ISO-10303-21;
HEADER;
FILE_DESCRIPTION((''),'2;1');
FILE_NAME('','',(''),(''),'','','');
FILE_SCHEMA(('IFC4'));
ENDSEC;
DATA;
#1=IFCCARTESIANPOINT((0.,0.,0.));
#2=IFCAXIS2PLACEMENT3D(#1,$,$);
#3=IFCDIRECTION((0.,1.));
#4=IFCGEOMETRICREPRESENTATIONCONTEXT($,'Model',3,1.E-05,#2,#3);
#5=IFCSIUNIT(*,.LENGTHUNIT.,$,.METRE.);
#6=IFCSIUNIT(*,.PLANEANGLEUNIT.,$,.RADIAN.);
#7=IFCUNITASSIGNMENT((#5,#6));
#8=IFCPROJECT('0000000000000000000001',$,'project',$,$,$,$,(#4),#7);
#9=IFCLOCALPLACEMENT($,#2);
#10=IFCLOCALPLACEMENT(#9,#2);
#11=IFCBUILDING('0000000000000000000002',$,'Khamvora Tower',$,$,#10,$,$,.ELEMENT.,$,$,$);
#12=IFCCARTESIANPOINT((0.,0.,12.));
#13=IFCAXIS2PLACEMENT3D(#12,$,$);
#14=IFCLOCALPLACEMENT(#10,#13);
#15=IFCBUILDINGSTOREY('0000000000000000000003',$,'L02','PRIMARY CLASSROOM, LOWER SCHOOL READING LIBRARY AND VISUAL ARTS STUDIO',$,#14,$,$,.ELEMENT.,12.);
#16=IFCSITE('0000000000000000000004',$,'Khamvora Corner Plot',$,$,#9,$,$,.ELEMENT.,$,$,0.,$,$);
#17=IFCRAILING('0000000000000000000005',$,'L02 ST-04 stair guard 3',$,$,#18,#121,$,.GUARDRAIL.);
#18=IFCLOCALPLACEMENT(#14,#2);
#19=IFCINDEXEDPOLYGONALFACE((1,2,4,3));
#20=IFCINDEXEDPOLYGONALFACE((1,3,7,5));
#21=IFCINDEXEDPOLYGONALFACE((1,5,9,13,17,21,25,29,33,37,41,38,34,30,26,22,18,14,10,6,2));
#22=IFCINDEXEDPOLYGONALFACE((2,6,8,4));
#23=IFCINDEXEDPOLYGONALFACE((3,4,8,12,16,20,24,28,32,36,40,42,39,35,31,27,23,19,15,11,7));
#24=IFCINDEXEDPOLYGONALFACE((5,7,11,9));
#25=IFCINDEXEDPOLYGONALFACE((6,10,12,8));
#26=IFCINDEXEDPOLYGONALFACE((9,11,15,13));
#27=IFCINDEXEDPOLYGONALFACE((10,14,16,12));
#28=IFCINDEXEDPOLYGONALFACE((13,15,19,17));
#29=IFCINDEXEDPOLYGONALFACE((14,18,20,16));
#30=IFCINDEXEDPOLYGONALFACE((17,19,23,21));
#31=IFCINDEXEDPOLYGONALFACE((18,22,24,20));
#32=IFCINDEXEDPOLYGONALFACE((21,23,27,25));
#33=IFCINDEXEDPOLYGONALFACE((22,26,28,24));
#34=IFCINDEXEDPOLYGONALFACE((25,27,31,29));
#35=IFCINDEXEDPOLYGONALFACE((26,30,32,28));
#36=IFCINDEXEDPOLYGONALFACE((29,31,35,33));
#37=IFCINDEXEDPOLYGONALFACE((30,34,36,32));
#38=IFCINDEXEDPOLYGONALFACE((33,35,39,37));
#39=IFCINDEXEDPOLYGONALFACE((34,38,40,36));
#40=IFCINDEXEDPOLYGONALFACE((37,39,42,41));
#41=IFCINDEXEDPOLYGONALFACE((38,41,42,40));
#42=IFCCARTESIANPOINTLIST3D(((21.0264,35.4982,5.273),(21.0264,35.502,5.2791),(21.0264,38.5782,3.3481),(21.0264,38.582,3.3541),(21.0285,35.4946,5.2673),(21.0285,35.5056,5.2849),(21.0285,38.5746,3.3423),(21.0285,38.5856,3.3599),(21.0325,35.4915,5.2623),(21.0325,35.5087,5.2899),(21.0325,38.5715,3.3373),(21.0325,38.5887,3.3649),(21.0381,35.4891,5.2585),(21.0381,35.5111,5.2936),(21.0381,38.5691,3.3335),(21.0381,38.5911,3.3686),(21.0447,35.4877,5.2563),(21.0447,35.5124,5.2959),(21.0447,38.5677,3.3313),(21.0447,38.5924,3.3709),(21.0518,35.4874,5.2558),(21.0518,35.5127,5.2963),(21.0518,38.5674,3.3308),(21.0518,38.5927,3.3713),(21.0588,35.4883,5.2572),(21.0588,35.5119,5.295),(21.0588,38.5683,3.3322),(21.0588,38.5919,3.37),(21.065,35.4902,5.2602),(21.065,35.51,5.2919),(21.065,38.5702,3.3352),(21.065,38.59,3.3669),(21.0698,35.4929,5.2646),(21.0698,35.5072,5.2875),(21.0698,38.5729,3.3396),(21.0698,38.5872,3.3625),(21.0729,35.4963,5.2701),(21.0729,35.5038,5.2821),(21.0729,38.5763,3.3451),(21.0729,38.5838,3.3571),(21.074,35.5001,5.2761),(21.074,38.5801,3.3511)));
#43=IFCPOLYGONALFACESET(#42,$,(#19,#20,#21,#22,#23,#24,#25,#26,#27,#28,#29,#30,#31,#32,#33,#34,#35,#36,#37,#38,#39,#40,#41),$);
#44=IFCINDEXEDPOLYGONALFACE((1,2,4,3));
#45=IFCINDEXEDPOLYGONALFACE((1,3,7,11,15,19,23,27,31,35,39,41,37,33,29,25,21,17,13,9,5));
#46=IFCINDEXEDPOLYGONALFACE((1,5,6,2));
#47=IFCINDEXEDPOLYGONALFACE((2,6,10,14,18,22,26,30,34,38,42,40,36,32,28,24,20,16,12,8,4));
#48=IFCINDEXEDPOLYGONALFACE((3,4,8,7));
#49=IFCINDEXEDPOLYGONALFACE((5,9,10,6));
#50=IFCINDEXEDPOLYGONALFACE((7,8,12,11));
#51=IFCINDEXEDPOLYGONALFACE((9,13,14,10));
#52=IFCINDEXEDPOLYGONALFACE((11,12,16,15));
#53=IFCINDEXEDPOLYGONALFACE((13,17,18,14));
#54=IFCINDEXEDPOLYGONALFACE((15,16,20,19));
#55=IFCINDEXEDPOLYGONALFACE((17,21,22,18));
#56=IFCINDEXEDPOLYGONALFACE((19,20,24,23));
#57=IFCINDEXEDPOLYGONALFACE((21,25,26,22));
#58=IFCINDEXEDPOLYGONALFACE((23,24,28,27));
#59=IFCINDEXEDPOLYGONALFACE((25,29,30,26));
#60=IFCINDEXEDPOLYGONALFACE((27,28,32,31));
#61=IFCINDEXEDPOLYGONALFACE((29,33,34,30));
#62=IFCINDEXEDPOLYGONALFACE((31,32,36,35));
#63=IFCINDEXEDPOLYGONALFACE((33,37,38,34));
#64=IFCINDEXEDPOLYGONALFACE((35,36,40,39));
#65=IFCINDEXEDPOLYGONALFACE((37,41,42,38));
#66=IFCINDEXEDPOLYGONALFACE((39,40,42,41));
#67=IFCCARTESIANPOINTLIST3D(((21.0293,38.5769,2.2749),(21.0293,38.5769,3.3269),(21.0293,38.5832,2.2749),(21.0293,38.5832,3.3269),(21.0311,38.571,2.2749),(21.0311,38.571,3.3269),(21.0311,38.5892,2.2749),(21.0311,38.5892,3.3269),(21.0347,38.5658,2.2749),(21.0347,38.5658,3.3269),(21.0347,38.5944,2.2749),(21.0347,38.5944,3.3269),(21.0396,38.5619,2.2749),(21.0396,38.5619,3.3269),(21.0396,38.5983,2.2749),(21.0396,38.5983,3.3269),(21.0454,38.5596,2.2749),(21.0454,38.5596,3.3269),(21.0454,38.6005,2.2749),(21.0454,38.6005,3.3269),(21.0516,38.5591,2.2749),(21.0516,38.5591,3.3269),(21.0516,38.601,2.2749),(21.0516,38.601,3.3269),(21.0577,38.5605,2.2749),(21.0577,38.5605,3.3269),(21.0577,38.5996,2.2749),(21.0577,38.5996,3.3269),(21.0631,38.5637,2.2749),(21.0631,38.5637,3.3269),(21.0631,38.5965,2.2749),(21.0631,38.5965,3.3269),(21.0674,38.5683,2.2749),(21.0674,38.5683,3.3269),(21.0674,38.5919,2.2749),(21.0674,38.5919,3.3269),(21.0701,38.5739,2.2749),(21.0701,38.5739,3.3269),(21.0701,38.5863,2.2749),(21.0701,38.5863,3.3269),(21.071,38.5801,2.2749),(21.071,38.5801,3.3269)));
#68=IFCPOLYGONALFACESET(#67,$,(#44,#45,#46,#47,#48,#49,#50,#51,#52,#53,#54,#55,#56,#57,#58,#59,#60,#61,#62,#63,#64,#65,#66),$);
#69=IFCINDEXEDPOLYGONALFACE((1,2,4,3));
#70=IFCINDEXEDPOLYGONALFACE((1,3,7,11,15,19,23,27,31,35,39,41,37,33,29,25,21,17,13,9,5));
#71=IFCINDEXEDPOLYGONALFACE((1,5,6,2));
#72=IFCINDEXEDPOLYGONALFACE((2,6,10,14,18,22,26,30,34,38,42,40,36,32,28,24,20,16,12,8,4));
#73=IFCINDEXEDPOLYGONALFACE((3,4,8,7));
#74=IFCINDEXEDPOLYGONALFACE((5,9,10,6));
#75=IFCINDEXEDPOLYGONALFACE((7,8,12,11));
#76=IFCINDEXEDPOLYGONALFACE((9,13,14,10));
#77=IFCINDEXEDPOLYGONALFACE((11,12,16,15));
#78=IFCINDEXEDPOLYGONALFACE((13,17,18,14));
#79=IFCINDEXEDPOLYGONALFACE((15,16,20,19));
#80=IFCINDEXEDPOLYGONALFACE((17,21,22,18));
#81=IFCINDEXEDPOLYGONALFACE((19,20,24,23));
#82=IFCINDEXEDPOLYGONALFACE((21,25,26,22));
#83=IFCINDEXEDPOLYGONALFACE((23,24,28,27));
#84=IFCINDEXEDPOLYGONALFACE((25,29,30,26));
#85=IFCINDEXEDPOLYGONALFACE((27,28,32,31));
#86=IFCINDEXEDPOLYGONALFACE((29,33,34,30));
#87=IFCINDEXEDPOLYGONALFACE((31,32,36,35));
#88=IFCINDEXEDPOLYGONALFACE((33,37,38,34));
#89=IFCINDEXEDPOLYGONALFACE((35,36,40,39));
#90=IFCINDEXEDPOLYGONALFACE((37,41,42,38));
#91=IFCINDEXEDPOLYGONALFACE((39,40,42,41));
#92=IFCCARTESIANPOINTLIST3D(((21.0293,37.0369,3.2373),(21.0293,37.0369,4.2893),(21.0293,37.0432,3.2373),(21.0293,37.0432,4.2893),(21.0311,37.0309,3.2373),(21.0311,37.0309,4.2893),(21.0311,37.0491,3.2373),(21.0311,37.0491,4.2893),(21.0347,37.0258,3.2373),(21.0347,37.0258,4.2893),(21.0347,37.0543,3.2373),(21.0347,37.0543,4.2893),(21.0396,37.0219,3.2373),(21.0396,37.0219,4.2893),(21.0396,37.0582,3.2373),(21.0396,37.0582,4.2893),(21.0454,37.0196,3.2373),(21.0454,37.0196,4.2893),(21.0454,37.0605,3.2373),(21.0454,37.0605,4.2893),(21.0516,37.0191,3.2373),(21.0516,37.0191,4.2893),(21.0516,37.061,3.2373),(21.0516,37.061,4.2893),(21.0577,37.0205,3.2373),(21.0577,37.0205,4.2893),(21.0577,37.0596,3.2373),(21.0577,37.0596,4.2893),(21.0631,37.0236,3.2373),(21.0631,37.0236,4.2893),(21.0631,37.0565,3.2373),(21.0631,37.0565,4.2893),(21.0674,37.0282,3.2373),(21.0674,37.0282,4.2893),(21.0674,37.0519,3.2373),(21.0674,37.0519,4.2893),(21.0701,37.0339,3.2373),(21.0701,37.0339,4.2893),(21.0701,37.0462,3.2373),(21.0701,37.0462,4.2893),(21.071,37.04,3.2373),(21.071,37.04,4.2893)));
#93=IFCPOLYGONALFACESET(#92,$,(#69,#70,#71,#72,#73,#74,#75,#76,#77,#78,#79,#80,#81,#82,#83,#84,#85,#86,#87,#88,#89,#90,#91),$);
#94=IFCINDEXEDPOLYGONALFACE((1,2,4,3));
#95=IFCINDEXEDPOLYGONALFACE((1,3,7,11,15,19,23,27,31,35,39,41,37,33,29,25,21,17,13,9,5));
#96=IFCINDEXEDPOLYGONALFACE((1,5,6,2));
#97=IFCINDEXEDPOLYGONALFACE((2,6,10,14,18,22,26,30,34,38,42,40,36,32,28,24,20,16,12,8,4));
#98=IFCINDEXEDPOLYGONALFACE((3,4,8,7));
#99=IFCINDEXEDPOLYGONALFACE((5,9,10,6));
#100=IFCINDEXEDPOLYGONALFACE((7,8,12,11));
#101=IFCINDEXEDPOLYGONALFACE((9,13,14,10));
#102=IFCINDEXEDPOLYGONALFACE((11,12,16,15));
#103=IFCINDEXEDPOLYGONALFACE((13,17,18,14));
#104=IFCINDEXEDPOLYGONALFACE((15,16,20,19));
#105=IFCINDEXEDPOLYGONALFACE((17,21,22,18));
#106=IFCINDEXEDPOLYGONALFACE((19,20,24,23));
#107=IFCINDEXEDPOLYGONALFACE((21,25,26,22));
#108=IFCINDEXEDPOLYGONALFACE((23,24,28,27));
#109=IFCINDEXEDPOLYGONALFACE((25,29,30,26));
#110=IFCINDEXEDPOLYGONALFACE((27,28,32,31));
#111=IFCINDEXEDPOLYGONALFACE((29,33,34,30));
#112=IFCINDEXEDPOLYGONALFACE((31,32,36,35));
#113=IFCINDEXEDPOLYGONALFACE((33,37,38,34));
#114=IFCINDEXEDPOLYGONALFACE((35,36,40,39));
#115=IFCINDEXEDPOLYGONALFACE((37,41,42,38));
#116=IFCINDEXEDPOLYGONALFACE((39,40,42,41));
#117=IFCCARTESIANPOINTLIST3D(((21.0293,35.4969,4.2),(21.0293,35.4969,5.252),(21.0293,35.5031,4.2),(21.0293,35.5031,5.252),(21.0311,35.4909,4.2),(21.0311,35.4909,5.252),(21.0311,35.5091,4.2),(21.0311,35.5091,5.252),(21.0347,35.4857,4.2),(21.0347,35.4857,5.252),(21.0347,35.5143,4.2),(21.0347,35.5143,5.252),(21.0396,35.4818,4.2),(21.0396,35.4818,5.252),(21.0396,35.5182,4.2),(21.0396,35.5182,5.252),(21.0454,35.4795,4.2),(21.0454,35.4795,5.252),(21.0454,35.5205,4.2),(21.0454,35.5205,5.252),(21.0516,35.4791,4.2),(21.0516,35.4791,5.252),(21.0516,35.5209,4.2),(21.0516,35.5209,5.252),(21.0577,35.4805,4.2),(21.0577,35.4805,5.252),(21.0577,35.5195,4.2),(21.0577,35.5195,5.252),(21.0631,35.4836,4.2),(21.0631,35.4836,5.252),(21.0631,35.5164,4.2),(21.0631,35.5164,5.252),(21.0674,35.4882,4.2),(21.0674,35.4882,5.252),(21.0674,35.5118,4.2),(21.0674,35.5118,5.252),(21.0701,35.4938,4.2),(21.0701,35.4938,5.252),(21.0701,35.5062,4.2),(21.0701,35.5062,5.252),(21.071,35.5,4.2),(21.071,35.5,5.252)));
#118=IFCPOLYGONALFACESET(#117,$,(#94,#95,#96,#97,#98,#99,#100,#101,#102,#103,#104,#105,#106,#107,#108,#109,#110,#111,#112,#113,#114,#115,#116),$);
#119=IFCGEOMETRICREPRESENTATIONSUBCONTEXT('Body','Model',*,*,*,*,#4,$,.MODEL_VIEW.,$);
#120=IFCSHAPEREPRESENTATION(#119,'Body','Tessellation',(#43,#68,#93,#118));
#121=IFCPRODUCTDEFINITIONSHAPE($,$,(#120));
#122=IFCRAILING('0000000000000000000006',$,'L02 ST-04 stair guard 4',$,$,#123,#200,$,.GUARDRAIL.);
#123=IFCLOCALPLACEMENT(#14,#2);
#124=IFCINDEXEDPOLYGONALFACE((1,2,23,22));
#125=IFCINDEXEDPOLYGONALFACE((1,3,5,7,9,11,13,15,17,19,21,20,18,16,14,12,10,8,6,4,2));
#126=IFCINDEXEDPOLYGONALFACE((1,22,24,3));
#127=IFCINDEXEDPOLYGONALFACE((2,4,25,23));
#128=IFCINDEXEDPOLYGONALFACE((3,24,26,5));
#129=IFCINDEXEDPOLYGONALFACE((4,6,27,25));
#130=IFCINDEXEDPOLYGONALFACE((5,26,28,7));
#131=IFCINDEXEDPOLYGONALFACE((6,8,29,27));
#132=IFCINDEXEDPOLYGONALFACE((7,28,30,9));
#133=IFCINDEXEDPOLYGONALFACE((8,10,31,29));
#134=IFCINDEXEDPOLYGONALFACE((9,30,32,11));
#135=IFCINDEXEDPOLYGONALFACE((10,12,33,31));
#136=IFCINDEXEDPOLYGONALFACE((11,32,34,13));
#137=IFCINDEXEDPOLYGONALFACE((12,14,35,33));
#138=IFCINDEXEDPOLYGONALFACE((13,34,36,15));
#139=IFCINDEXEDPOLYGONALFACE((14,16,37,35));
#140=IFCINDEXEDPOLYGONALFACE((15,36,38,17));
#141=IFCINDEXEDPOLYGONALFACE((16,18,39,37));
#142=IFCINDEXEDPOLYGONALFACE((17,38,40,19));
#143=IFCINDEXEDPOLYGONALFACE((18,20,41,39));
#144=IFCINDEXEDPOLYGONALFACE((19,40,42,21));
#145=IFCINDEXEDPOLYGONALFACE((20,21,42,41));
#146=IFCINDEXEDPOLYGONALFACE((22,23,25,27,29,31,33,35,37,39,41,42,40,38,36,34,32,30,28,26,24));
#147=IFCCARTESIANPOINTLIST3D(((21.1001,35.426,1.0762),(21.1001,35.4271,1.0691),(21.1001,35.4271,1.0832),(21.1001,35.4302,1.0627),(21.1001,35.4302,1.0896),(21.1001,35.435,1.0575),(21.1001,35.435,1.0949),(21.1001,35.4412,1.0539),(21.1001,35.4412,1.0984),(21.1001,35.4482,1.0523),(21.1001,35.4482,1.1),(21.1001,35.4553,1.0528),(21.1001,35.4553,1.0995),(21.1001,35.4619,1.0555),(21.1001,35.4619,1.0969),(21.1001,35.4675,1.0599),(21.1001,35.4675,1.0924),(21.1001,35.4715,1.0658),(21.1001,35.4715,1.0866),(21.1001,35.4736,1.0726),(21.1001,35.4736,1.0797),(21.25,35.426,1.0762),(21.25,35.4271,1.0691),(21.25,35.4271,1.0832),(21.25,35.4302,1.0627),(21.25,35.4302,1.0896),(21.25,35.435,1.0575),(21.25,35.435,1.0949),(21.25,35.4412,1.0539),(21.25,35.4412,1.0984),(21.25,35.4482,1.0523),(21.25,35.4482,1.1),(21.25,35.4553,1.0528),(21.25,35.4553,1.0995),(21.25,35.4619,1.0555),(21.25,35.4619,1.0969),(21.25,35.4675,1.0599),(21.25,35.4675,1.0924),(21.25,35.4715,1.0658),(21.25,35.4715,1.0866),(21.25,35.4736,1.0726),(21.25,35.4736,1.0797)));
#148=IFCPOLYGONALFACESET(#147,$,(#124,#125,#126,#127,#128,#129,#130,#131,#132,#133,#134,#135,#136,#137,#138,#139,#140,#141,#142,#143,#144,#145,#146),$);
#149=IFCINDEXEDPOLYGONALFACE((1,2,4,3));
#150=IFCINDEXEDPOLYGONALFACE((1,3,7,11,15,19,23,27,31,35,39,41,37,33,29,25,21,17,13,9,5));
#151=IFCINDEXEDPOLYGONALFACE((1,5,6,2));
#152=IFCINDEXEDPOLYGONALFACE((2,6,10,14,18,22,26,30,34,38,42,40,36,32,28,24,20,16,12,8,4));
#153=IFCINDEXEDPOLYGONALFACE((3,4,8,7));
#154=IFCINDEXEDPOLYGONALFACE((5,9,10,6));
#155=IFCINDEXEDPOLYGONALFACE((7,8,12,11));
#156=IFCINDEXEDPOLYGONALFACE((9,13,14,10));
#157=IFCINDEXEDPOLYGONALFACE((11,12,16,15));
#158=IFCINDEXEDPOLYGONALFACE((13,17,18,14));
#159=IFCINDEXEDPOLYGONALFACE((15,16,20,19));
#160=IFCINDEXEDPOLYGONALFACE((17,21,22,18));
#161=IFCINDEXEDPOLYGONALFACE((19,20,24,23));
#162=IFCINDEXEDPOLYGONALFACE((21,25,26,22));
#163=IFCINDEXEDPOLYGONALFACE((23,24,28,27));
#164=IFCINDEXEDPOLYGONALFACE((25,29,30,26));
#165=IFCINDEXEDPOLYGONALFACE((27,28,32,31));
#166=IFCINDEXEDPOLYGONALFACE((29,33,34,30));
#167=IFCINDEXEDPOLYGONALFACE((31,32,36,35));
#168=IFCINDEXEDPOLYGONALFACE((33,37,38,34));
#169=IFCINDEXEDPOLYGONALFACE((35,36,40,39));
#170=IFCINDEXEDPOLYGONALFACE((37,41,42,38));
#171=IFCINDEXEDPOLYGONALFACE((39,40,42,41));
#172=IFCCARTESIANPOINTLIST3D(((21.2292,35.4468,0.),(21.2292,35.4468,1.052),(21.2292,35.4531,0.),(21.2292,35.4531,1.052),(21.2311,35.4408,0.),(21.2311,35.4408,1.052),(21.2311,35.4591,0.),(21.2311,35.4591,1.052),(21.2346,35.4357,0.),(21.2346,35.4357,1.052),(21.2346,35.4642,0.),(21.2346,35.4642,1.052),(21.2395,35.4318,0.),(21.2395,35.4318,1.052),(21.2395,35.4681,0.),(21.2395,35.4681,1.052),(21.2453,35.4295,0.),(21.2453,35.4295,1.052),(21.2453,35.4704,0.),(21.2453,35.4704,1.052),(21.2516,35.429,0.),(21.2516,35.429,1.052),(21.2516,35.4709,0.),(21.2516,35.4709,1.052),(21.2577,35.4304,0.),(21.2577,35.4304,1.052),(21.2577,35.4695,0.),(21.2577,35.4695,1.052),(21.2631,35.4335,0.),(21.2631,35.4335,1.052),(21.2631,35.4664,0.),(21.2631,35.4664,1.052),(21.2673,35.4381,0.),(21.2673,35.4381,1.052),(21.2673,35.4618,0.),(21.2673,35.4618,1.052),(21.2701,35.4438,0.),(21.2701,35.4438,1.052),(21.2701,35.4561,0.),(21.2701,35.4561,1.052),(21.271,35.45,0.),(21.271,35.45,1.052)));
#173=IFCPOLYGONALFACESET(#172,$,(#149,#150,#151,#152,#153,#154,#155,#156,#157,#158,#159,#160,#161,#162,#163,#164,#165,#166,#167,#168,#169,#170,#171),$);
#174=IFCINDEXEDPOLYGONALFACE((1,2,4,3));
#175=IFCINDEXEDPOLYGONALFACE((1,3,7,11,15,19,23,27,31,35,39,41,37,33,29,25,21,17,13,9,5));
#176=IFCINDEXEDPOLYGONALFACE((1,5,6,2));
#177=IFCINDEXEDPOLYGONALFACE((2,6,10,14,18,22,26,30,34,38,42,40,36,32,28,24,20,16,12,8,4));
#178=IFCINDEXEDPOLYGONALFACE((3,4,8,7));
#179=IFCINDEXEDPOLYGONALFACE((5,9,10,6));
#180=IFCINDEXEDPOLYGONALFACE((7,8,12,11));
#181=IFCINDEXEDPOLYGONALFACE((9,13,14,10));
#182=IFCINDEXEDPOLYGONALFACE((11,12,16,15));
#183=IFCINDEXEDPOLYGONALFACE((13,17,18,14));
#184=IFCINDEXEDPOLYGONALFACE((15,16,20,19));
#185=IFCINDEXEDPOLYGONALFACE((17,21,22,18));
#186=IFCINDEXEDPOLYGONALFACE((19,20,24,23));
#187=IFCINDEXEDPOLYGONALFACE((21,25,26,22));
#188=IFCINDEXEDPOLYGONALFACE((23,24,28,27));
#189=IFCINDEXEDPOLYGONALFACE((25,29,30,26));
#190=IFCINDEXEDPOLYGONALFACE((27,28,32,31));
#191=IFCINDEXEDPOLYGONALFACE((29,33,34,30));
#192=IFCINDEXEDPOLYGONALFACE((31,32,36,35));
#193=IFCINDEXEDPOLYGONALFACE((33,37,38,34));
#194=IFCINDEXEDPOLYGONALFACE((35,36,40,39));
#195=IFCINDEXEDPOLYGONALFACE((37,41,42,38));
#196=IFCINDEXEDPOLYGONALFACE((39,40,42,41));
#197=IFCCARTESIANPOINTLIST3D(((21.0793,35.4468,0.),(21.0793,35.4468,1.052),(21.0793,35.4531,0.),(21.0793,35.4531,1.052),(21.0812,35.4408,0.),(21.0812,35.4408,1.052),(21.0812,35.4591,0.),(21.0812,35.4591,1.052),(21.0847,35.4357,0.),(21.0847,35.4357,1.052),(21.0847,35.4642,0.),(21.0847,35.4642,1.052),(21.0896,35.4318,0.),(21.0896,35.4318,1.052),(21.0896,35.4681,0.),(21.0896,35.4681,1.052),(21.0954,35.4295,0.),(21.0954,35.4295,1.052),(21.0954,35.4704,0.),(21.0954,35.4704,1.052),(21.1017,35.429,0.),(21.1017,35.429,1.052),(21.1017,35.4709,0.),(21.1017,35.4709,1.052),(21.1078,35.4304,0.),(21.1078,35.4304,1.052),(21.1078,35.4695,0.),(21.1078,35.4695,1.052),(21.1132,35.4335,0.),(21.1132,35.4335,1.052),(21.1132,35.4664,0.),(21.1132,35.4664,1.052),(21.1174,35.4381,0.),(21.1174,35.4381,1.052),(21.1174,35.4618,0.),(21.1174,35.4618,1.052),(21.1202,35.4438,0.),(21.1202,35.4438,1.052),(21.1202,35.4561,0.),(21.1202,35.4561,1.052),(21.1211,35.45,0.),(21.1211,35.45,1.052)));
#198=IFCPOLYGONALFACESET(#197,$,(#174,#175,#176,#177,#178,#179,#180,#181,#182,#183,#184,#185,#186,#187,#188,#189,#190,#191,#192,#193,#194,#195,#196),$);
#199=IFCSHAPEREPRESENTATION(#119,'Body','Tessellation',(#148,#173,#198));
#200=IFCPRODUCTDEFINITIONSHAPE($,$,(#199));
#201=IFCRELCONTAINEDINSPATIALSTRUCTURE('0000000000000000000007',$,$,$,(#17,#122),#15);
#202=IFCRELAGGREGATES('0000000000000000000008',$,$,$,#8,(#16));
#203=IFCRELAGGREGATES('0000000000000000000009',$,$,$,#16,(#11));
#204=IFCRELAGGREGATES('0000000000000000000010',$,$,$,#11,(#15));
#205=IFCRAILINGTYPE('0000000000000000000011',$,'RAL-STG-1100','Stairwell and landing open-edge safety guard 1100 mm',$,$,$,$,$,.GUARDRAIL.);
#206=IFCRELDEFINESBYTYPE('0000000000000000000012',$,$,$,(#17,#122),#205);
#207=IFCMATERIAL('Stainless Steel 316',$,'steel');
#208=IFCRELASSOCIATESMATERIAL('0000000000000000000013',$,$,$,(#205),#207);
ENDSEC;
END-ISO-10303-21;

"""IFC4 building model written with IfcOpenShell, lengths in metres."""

from ifc_helpers import new_model, si_unit, direction, frame, origin, origin_2d, place, context, subcontext, project, spatial, circle, extrude, material, type_object, element, save


model = new_model("IFC4")

# Units and contexts
model_context = context("Model", 3, precision=1e-05, world=origin(), true_north=direction((0.0, 1.0)))
body_context = subcontext(model_context, "Body", "Model", "MODEL_VIEW")
ifc_project = project(units=[si_unit("LENGTHUNIT", "METRE"), si_unit("PLANEANGLEUNIT", "RADIAN")], contexts=[model_context])

# Site, building, storey
site_placement = place(None, origin())
site = spatial("IfcSite", under=ifc_project, at=site_placement, Name="Khamvora Corner Plot", CompositionType="ELEMENT", RefElevation=0.0)
building_placement = place(site_placement, origin())
building = spatial("IfcBuilding", under=site, at=building_placement, Name="Khamvora Tower", CompositionType="ELEMENT")
storey_placement = place(building_placement, frame((0.0, 0.0, 12.0)))
storey = spatial("IfcBuildingStorey", under=building, at=storey_placement, Name="L02", Description="PRIMARY CLASSROOM, LOWER SCHOOL READING LIBRARY AND VISUAL ARTS STUDIO", CompositionType="ELEMENT", Elevation=12.0)

# Railings
ifc_material_1 = material(Name="Stainless Steel 316", Category="steel")
railing_type_1 = type_object("IfcRailingType", Name="RAL-STG-1100", Description="Stairwell and landing open-edge safety guard 1100 mm", PredefinedType="GUARDRAIL", material=ifc_material_1)
railing_1_placement = place(storey_placement, frame((21.05, 38.5801, 2.2749)))
element("IfcRailing", 1, at=railing_1_placement, inside=storey, type_object=railing_type_1, Name="L02 ST-04 stair guard 3", PredefinedType="GUARDRAIL", context=body_context, shape_type="SweptSolid", body=[
    extrude(circle(Radius=0.0239, at=origin_2d()), frame((0.0, 0.0, 1.0762), z_axis=(0.0, -0.847998, 0.529999), x_axis=(1.0, 0.0, 0.0)), (0.0, 0.0, 1.0), 3.6321),
    extrude(circle(Radius=0.021, at=origin_2d()), origin(), (0.0, 0.0, 1.0), 1.052),
    extrude(circle(Radius=0.021, at=origin_2d()), frame((0.0, -1.54, 0.9624)), (0.0, 0.0, 1.0), 1.052),
    extrude(circle(Radius=0.021, at=origin_2d()), frame((0.0, -3.0801, 1.925)), (0.0, 0.0, 1.0), 1.052),
])
railing_2_placement = place(storey_placement, frame((21.25, 35.45, 0.0)))
element("IfcRailing", 2, at=railing_2_placement, inside=storey, type_object=railing_type_1, Name="L02 ST-04 stair guard 4", PredefinedType="GUARDRAIL", context=body_context, shape_type="SweptSolid", body=[
    extrude(circle(Radius=0.0239, at=origin_2d()), frame((0.0, 0.0, 1.0762), z_axis=(-1.0, 0.0, 0.0), x_axis=(0.0, -1.0, 0.0)), (0.0, 0.0, 1.0), 0.1499),
    extrude(circle(Radius=0.021, at=origin_2d()), origin(), (0.0, 0.0, 1.0), 1.052),
    extrude(circle(Radius=0.021, at=origin_2d()), frame((-0.1499, 0.0, 0.0)), (0.0, 0.0, 1.0), 1.052),
])

save(model, "model.ifc")
